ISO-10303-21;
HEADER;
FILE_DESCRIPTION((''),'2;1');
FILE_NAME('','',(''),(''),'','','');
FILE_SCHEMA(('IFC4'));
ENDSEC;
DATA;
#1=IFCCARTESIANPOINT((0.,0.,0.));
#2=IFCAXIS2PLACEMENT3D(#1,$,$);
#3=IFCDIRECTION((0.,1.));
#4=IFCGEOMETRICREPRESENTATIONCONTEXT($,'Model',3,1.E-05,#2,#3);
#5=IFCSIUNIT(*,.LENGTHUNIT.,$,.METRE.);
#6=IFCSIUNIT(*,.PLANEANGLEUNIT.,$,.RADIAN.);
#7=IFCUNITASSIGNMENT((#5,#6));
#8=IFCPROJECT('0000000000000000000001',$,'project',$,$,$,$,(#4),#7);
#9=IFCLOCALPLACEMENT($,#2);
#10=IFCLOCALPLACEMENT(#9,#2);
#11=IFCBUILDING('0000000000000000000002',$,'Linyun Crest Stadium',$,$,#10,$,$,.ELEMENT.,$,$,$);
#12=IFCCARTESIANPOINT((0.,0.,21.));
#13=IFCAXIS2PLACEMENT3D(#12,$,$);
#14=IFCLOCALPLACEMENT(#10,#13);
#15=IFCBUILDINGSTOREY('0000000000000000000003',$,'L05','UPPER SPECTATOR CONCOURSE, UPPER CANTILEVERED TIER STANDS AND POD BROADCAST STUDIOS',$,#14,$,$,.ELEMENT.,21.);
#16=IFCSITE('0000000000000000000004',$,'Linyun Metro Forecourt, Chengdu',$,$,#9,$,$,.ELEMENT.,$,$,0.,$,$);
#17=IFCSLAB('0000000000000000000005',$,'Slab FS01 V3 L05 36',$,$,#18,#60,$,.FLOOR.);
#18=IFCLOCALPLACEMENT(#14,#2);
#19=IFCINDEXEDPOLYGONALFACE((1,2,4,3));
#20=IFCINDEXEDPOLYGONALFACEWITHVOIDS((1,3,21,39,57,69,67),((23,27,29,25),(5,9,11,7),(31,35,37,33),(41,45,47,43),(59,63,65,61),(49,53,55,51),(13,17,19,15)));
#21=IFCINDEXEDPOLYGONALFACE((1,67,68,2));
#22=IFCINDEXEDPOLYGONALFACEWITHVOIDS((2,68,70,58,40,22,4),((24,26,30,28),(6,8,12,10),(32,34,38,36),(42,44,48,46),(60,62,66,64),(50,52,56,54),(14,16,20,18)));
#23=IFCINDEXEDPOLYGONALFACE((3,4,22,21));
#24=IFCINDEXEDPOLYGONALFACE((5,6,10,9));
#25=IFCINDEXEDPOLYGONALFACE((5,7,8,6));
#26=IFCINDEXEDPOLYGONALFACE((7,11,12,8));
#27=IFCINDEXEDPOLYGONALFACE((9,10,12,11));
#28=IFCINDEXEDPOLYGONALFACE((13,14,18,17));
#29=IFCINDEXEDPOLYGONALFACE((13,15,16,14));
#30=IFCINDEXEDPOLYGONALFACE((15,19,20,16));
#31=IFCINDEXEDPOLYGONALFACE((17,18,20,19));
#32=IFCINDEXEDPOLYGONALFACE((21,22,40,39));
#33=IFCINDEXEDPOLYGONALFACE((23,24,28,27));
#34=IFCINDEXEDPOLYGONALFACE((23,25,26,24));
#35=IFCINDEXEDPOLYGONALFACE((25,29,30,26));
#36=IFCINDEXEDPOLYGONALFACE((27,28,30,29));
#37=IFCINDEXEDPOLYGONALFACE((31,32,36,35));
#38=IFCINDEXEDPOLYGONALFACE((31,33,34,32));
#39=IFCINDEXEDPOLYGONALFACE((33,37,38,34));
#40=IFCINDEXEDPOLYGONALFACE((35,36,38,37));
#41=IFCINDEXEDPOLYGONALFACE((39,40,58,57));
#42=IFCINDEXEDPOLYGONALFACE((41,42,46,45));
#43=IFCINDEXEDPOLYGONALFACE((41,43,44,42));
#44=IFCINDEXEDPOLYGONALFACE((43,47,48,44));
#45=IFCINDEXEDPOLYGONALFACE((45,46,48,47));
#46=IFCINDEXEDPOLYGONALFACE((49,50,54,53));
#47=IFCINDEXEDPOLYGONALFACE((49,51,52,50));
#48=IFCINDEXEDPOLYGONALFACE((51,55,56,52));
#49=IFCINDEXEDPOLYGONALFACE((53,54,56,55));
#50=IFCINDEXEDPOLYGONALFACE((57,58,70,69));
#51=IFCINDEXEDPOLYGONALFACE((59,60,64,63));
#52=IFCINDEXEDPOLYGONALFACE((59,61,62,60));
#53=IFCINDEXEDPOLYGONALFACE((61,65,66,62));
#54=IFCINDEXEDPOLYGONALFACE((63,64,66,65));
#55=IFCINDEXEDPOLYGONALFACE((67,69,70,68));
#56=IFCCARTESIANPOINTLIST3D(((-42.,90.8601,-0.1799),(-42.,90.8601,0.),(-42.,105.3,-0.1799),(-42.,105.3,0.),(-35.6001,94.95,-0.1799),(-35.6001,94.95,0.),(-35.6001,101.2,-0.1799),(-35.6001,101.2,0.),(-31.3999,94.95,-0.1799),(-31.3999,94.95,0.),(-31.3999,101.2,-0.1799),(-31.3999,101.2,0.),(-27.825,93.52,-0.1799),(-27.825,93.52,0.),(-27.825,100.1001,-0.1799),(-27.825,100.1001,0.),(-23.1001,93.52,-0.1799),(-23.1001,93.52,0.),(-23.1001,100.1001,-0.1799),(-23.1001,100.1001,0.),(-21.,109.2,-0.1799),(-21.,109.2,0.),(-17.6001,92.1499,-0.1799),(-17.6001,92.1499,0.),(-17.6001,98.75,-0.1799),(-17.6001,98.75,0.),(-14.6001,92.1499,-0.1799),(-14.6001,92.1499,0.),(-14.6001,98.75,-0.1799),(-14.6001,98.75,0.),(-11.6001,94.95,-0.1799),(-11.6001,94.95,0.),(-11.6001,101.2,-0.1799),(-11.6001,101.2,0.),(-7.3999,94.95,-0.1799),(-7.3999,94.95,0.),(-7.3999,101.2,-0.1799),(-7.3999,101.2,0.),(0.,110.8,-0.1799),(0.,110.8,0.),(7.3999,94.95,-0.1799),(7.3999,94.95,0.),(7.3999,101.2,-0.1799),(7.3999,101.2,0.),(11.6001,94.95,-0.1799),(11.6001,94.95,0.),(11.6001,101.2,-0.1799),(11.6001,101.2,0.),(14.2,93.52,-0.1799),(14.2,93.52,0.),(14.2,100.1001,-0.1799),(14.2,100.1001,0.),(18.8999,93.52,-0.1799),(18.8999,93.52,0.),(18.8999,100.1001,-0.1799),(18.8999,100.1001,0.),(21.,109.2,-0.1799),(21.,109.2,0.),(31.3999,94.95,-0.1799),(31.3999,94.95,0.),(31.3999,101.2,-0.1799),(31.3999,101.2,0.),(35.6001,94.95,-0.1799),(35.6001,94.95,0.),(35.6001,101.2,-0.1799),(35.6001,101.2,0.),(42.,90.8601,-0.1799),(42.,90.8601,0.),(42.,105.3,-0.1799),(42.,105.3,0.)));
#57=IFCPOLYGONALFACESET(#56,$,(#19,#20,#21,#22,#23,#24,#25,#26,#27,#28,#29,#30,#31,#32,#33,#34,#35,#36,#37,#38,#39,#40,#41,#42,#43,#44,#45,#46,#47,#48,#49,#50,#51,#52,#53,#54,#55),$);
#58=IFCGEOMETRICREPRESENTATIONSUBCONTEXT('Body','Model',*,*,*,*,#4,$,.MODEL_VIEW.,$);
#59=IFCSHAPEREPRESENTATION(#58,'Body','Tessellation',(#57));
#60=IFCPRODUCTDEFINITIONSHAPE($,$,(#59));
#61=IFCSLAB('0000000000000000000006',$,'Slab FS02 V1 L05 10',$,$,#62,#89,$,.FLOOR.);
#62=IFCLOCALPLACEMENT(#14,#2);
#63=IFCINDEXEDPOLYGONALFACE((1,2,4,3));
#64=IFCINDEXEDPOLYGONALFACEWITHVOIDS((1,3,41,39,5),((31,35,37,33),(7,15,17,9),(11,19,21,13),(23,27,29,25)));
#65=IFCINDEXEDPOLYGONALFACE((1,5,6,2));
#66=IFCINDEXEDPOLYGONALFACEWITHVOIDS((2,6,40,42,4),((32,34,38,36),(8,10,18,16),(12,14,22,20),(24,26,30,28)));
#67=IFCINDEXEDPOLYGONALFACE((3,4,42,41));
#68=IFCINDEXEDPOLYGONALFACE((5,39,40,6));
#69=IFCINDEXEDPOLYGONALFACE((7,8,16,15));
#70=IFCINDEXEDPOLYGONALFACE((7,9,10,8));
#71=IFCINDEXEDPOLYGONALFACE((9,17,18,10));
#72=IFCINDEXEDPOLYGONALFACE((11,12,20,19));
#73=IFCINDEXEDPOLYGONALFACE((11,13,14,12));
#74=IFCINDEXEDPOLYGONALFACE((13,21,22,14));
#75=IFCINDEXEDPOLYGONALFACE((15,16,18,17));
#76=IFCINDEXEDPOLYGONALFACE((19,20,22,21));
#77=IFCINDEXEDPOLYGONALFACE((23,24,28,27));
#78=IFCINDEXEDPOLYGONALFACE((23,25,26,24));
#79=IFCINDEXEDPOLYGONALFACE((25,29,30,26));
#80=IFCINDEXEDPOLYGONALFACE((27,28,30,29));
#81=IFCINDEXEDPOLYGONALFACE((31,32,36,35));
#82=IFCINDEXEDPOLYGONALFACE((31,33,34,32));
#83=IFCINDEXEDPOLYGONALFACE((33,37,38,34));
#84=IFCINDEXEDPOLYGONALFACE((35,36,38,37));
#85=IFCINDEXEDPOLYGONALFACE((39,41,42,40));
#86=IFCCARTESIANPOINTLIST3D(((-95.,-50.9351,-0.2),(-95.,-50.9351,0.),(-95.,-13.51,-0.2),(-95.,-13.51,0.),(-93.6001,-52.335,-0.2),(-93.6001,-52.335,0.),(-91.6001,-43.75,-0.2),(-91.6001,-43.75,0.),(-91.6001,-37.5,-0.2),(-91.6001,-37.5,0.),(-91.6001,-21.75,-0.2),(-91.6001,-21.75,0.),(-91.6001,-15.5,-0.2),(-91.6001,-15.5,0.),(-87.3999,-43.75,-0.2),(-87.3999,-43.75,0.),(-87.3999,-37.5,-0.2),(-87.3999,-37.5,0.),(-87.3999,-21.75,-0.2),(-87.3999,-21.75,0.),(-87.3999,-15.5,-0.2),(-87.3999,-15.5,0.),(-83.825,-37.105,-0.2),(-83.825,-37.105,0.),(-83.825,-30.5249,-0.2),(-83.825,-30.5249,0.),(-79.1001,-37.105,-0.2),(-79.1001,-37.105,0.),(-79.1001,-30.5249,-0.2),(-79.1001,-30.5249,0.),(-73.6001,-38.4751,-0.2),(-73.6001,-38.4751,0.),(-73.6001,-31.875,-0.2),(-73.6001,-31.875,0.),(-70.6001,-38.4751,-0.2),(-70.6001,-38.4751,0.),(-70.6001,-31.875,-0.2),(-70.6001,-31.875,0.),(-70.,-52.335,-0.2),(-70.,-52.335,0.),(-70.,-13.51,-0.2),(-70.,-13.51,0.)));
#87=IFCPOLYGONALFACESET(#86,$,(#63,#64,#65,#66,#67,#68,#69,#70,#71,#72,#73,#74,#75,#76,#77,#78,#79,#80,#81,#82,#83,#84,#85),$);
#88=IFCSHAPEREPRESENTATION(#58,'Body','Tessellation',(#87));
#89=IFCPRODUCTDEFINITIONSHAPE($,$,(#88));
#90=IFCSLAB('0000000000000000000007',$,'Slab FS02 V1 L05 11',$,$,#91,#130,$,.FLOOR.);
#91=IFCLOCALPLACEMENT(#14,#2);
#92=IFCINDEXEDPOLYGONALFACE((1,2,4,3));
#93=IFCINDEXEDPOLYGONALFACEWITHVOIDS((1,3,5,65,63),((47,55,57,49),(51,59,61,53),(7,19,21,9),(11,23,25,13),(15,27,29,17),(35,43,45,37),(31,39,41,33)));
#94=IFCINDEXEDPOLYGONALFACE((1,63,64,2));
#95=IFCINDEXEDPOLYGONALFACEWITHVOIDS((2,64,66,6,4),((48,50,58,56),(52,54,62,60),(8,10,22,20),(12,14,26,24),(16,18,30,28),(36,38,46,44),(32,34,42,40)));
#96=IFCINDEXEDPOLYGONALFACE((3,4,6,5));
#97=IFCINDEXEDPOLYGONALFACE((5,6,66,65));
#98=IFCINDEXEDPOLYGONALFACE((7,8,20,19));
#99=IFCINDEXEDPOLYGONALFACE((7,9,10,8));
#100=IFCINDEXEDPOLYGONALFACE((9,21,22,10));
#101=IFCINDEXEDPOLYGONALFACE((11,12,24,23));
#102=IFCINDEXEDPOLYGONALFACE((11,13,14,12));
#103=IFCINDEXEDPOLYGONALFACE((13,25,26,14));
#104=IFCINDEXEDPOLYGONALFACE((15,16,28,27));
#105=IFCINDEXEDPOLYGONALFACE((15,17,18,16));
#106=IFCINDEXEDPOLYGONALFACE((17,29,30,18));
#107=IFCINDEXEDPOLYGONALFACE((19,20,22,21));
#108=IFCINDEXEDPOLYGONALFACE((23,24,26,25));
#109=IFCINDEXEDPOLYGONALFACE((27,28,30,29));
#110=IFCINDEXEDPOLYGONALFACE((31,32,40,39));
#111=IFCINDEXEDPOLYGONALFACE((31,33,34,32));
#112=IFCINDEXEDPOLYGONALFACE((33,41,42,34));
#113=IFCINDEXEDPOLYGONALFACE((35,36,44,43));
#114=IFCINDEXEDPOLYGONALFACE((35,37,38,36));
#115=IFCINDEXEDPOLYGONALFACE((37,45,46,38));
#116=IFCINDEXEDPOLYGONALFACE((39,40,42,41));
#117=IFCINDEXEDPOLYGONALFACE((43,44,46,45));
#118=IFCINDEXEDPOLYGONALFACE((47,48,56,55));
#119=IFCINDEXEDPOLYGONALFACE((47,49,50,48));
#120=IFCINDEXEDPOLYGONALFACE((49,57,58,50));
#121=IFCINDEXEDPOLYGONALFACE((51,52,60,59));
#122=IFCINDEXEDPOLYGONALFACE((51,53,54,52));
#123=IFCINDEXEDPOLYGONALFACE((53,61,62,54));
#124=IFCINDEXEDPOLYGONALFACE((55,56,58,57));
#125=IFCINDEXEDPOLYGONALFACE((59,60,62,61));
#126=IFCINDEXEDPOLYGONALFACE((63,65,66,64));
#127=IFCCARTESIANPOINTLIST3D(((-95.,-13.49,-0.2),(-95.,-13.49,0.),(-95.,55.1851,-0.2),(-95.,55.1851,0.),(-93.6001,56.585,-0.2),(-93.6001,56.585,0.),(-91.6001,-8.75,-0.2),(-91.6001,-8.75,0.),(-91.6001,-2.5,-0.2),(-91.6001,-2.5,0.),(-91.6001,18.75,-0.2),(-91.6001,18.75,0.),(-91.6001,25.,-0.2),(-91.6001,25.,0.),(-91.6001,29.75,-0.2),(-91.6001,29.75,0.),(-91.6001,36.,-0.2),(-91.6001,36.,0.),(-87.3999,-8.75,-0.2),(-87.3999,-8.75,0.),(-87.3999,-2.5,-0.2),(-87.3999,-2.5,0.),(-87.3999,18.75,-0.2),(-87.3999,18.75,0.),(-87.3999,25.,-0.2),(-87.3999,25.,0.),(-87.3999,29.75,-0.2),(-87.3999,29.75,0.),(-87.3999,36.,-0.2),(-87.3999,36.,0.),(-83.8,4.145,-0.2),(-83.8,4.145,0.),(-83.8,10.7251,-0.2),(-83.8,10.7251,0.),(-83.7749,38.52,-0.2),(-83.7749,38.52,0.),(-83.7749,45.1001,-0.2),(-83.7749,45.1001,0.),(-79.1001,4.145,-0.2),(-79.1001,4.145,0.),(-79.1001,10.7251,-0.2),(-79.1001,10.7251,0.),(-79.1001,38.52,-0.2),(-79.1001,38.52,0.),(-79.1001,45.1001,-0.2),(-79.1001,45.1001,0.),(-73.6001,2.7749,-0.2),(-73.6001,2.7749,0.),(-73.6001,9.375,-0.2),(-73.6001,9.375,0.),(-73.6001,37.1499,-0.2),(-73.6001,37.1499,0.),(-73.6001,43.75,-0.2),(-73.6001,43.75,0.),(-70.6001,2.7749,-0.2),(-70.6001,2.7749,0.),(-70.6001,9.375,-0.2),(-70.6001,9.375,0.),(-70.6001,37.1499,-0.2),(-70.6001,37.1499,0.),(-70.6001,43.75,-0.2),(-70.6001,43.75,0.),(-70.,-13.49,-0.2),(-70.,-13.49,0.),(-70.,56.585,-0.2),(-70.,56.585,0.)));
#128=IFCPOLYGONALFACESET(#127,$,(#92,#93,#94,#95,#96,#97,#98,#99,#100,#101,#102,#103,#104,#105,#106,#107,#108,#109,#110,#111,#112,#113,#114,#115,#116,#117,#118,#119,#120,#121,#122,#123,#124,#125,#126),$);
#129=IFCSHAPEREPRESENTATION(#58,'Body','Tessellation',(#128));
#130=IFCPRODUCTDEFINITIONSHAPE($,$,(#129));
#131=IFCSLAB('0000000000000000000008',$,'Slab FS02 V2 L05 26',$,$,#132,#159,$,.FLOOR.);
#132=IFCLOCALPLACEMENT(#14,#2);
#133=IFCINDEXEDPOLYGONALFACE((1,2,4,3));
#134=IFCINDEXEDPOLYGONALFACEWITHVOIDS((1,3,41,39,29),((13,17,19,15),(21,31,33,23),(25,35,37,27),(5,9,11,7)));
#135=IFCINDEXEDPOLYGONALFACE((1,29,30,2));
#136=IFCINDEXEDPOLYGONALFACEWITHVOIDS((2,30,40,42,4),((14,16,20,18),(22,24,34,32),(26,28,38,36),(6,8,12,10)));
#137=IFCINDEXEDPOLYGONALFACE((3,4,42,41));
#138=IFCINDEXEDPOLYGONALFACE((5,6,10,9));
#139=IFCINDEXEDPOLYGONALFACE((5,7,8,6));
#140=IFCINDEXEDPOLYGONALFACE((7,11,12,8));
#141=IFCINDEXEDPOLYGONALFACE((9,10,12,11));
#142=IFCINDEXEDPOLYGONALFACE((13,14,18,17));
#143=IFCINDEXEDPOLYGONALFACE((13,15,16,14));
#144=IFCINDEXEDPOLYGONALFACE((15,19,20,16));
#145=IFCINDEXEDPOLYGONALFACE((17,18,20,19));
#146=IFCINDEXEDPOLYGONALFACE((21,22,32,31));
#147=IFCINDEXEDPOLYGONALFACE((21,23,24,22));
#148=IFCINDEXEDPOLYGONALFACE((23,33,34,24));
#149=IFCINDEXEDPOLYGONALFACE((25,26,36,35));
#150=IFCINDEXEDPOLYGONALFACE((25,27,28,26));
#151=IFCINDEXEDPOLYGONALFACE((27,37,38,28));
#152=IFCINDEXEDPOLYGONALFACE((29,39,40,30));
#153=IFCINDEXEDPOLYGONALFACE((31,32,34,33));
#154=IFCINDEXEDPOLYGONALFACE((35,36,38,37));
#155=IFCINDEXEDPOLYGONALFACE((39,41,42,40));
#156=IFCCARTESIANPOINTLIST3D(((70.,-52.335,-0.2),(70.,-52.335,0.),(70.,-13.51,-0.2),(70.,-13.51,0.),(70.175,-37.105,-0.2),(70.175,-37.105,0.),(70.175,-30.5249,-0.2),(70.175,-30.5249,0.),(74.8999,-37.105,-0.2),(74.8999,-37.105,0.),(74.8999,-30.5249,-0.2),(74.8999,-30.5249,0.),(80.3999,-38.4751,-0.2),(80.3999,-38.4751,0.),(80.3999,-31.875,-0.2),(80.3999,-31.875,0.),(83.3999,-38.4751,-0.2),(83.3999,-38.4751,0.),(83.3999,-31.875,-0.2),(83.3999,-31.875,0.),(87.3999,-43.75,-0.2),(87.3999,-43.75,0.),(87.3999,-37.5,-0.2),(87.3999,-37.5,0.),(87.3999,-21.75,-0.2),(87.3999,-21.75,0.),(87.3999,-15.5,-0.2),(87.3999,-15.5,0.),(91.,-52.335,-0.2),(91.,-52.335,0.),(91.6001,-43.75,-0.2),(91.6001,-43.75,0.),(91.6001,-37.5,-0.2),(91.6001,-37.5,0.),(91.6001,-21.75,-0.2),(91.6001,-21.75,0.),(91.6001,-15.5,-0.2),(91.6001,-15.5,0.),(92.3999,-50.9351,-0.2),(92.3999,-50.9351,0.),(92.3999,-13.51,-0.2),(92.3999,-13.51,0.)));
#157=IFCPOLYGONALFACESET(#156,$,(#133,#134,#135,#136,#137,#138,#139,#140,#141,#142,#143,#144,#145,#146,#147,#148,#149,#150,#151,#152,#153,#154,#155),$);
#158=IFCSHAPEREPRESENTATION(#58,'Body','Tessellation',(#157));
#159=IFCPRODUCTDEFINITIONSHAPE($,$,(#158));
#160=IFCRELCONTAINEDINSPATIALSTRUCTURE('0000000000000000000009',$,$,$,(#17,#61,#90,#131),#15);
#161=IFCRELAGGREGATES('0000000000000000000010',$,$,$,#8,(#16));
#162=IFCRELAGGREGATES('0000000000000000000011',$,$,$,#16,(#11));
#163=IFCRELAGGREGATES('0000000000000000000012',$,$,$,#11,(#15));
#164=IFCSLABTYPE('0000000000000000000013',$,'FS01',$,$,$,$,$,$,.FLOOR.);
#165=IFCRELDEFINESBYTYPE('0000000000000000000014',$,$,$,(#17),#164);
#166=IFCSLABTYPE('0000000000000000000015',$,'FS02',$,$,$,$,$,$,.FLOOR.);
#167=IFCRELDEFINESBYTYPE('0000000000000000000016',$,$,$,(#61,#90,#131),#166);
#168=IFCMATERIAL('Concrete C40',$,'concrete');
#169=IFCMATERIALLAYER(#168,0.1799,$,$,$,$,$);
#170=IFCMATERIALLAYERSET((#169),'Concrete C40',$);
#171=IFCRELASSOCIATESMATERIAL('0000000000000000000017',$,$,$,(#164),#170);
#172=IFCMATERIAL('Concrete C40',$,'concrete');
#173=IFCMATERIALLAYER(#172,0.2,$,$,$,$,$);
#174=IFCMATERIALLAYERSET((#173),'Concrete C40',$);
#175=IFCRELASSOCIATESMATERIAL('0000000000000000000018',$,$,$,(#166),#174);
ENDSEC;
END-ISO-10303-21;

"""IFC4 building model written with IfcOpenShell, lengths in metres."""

from ifc_helpers import new_model, si_unit, direction, frame, origin, place, context, subcontext, project, spatial, polyline, outline, extrude, material, layer, layer_set, type_object, element, save


model = new_model("IFC4")

# Units and contexts
model_context = context("Model", 3, precision=1e-05, world=origin(), true_north=direction((0.0, 1.0)))
body_context = subcontext(model_context, "Body", "Model", "MODEL_VIEW")
ifc_project = project(units=[si_unit("LENGTHUNIT", "METRE"), si_unit("PLANEANGLEUNIT", "RADIAN")], contexts=[model_context])

# Site, building, storey
site_placement = place(None, origin())
site = spatial("IfcSite", under=ifc_project, at=site_placement, Name="Linyun Metro Forecourt, Chengdu", CompositionType="ELEMENT", RefElevation=0.0)
building_placement = place(site_placement, origin())
building = spatial("IfcBuilding", under=site, at=building_placement, Name="Linyun Crest Stadium", CompositionType="ELEMENT")
storey_placement = place(building_placement, frame((0.0, 0.0, 21.0)))
storey = spatial("IfcBuildingStorey", under=building, at=storey_placement, Name="L05", Description="UPPER SPECTATOR CONCOURSE, UPPER CANTILEVERED TIER STANDS AND POD BROADCAST STUDIOS", CompositionType="ELEMENT", Elevation=21.0)

# Slabs
ifc_material_1 = material(Name="Concrete C40", Category="concrete")
ifc_layer_1 = layer(ifc_material_1, 0.1799)
ifc_layer_set_1 = layer_set([ifc_layer_1], Name="Concrete C40")
slab_type_1 = type_object("IfcSlabType", Name="FS01", PredefinedType="FLOOR", material=ifc_layer_set_1)
slab_1_placement = place(storey_placement, frame((0.0, 0.0, -0.1799)))
element("IfcSlab", 1, at=slab_1_placement, inside=storey, type_object=slab_type_1, Name="Slab FS01 V3 L05 36", PredefinedType="FLOOR", context=body_context, shape_type="SweptSolid", body=[
    extrude(outline(polyline([(-42.0, 90.8601), (42.0, 90.8601), (42.0, 105.3), (21.0, 109.2), (0.0, 110.8), (-21.0, 109.2), (-42.0, 105.3), (-42.0, 90.8601)]), holes=[polyline([(-27.825, 93.52), (-27.825, 100.1001), (-23.1001, 100.1001), (-23.1001, 93.52), (-27.825, 93.52)]), polyline([(-17.6001, 92.1499), (-17.6001, 98.75), (-14.6001, 98.75), (-14.6001, 92.1499), (-17.6001, 92.1499)]), polyline([(14.2, 93.52), (14.2, 100.1001), (18.8999, 100.1001), (18.8999, 93.52), (14.2, 93.52)]), polyline([(-35.6001, 94.95), (-35.6001, 101.2), (-31.3999, 101.2), (-31.3999, 94.95), (-35.6001, 94.95)]), polyline([(-11.6001, 94.95), (-11.6001, 101.2), (-7.3999, 101.2), (-7.3999, 94.95), (-11.6001, 94.95)]), polyline([(7.3999, 94.95), (7.3999, 101.2), (11.6001, 101.2), (11.6001, 94.95), (7.3999, 94.95)]), polyline([(31.3999, 94.95), (31.3999, 101.2), (35.6001, 101.2), (35.6001, 94.95), (31.3999, 94.95)])]), origin(), (0.0, 0.0, 1.0), 0.1799),
])
ifc_material_2 = material(Name="Concrete C40", Category="concrete")
ifc_layer_2 = layer(ifc_material_2, 0.2)
ifc_layer_set_2 = layer_set([ifc_layer_2], Name="Concrete C40")
slab_type_2 = type_object("IfcSlabType", Name="FS02", PredefinedType="FLOOR", material=ifc_layer_set_2)
slab_2_placement = place(storey_placement, frame((0.0, 0.0, -0.2)))
element("IfcSlab", 2, at=slab_2_placement, inside=storey, type_object=slab_type_2, Name="Slab FS02 V1 L05 10", PredefinedType="FLOOR", context=body_context, shape_type="SweptSolid", body=[
    extrude(outline(polyline([(-93.6001, -52.335), (-70.0, -52.335), (-70.0, -13.51), (-95.0, -13.51), (-95.0, -50.9351), (-93.6001, -52.335)]), holes=[polyline([(-83.825, -37.105), (-83.825, -30.5249), (-79.1001, -30.5249), (-79.1001, -37.105), (-83.825, -37.105)]), polyline([(-73.6001, -38.4751), (-73.6001, -31.875), (-70.6001, -31.875), (-70.6001, -38.4751), (-73.6001, -38.4751)]), polyline([(-91.6001, -43.75), (-91.6001, -37.5), (-87.3999, -37.5), (-87.3999, -43.75), (-91.6001, -43.75)]), polyline([(-91.6001, -21.75), (-91.6001, -15.5), (-87.3999, -15.5), (-87.3999, -21.75), (-91.6001, -21.75)])]), origin(), (0.0, 0.0, 1.0), 0.2),
])
slab_3_placement = place(storey_placement, frame((0.0, 0.0, -0.2)))
element("IfcSlab", 3, at=slab_3_placement, inside=storey, type_object=slab_type_2, Name="Slab FS02 V1 L05 11", PredefinedType="FLOOR", context=body_context, shape_type="SweptSolid", body=[
    extrude(outline(polyline([(-95.0, -13.49), (-70.0, -13.49), (-70.0, 56.585), (-93.6001, 56.585), (-95.0, 55.1851), (-95.0, -13.49)]), holes=[polyline([(-83.8, 4.145), (-83.8, 10.7251), (-79.1001, 10.7251), (-79.1001, 4.145), (-83.8, 4.145)]), polyline([(-73.6001, 2.7749), (-73.6001, 9.375), (-70.6001, 9.375), (-70.6001, 2.7749), (-73.6001, 2.7749)]), polyline([(-83.7749, 38.52), (-83.7749, 45.1001), (-79.1001, 45.1001), (-79.1001, 38.52), (-83.7749, 38.52)]), polyline([(-73.6001, 37.1499), (-73.6001, 43.75), (-70.6001, 43.75), (-70.6001, 37.1499), (-73.6001, 37.1499)]), polyline([(-91.6001, -8.75), (-91.6001, -2.5), (-87.3999, -2.5), (-87.3999, -8.75), (-91.6001, -8.75)]), polyline([(-91.6001, 18.75), (-91.6001, 25.0), (-87.3999, 25.0), (-87.3999, 18.75), (-91.6001, 18.75)]), polyline([(-91.6001, 29.75), (-91.6001, 36.0), (-87.3999, 36.0), (-87.3999, 29.75), (-91.6001, 29.75)])]), origin(), (0.0, 0.0, 1.0), 0.2),
])
slab_4_placement = place(storey_placement, frame((0.0, 0.0, -0.2)))
element("IfcSlab", 4, at=slab_4_placement, inside=storey, type_object=slab_type_2, Name="Slab FS02 V2 L05 26", PredefinedType="FLOOR", context=body_context, shape_type="SweptSolid", body=[
    extrude(outline(polyline([(70.0, -52.335), (91.0, -52.335), (92.3999, -50.9351), (92.3999, -13.51), (70.0, -13.51), (70.0, -52.335)]), holes=[polyline([(70.175, -37.105), (70.175, -30.5249), (74.8999, -30.5249), (74.8999, -37.105), (70.175, -37.105)]), polyline([(80.3999, -38.4751), (80.3999, -31.875), (83.3999, -31.875), (83.3999, -38.4751), (80.3999, -38.4751)]), polyline([(87.3999, -43.75), (87.3999, -37.5), (91.6001, -37.5), (91.6001, -43.75), (87.3999, -43.75)]), polyline([(87.3999, -21.75), (87.3999, -15.5), (91.6001, -15.5), (91.6001, -21.75), (87.3999, -21.75)])]), origin(), (0.0, 0.0, 1.0), 0.2),
])

save(model, "model.ifc")
